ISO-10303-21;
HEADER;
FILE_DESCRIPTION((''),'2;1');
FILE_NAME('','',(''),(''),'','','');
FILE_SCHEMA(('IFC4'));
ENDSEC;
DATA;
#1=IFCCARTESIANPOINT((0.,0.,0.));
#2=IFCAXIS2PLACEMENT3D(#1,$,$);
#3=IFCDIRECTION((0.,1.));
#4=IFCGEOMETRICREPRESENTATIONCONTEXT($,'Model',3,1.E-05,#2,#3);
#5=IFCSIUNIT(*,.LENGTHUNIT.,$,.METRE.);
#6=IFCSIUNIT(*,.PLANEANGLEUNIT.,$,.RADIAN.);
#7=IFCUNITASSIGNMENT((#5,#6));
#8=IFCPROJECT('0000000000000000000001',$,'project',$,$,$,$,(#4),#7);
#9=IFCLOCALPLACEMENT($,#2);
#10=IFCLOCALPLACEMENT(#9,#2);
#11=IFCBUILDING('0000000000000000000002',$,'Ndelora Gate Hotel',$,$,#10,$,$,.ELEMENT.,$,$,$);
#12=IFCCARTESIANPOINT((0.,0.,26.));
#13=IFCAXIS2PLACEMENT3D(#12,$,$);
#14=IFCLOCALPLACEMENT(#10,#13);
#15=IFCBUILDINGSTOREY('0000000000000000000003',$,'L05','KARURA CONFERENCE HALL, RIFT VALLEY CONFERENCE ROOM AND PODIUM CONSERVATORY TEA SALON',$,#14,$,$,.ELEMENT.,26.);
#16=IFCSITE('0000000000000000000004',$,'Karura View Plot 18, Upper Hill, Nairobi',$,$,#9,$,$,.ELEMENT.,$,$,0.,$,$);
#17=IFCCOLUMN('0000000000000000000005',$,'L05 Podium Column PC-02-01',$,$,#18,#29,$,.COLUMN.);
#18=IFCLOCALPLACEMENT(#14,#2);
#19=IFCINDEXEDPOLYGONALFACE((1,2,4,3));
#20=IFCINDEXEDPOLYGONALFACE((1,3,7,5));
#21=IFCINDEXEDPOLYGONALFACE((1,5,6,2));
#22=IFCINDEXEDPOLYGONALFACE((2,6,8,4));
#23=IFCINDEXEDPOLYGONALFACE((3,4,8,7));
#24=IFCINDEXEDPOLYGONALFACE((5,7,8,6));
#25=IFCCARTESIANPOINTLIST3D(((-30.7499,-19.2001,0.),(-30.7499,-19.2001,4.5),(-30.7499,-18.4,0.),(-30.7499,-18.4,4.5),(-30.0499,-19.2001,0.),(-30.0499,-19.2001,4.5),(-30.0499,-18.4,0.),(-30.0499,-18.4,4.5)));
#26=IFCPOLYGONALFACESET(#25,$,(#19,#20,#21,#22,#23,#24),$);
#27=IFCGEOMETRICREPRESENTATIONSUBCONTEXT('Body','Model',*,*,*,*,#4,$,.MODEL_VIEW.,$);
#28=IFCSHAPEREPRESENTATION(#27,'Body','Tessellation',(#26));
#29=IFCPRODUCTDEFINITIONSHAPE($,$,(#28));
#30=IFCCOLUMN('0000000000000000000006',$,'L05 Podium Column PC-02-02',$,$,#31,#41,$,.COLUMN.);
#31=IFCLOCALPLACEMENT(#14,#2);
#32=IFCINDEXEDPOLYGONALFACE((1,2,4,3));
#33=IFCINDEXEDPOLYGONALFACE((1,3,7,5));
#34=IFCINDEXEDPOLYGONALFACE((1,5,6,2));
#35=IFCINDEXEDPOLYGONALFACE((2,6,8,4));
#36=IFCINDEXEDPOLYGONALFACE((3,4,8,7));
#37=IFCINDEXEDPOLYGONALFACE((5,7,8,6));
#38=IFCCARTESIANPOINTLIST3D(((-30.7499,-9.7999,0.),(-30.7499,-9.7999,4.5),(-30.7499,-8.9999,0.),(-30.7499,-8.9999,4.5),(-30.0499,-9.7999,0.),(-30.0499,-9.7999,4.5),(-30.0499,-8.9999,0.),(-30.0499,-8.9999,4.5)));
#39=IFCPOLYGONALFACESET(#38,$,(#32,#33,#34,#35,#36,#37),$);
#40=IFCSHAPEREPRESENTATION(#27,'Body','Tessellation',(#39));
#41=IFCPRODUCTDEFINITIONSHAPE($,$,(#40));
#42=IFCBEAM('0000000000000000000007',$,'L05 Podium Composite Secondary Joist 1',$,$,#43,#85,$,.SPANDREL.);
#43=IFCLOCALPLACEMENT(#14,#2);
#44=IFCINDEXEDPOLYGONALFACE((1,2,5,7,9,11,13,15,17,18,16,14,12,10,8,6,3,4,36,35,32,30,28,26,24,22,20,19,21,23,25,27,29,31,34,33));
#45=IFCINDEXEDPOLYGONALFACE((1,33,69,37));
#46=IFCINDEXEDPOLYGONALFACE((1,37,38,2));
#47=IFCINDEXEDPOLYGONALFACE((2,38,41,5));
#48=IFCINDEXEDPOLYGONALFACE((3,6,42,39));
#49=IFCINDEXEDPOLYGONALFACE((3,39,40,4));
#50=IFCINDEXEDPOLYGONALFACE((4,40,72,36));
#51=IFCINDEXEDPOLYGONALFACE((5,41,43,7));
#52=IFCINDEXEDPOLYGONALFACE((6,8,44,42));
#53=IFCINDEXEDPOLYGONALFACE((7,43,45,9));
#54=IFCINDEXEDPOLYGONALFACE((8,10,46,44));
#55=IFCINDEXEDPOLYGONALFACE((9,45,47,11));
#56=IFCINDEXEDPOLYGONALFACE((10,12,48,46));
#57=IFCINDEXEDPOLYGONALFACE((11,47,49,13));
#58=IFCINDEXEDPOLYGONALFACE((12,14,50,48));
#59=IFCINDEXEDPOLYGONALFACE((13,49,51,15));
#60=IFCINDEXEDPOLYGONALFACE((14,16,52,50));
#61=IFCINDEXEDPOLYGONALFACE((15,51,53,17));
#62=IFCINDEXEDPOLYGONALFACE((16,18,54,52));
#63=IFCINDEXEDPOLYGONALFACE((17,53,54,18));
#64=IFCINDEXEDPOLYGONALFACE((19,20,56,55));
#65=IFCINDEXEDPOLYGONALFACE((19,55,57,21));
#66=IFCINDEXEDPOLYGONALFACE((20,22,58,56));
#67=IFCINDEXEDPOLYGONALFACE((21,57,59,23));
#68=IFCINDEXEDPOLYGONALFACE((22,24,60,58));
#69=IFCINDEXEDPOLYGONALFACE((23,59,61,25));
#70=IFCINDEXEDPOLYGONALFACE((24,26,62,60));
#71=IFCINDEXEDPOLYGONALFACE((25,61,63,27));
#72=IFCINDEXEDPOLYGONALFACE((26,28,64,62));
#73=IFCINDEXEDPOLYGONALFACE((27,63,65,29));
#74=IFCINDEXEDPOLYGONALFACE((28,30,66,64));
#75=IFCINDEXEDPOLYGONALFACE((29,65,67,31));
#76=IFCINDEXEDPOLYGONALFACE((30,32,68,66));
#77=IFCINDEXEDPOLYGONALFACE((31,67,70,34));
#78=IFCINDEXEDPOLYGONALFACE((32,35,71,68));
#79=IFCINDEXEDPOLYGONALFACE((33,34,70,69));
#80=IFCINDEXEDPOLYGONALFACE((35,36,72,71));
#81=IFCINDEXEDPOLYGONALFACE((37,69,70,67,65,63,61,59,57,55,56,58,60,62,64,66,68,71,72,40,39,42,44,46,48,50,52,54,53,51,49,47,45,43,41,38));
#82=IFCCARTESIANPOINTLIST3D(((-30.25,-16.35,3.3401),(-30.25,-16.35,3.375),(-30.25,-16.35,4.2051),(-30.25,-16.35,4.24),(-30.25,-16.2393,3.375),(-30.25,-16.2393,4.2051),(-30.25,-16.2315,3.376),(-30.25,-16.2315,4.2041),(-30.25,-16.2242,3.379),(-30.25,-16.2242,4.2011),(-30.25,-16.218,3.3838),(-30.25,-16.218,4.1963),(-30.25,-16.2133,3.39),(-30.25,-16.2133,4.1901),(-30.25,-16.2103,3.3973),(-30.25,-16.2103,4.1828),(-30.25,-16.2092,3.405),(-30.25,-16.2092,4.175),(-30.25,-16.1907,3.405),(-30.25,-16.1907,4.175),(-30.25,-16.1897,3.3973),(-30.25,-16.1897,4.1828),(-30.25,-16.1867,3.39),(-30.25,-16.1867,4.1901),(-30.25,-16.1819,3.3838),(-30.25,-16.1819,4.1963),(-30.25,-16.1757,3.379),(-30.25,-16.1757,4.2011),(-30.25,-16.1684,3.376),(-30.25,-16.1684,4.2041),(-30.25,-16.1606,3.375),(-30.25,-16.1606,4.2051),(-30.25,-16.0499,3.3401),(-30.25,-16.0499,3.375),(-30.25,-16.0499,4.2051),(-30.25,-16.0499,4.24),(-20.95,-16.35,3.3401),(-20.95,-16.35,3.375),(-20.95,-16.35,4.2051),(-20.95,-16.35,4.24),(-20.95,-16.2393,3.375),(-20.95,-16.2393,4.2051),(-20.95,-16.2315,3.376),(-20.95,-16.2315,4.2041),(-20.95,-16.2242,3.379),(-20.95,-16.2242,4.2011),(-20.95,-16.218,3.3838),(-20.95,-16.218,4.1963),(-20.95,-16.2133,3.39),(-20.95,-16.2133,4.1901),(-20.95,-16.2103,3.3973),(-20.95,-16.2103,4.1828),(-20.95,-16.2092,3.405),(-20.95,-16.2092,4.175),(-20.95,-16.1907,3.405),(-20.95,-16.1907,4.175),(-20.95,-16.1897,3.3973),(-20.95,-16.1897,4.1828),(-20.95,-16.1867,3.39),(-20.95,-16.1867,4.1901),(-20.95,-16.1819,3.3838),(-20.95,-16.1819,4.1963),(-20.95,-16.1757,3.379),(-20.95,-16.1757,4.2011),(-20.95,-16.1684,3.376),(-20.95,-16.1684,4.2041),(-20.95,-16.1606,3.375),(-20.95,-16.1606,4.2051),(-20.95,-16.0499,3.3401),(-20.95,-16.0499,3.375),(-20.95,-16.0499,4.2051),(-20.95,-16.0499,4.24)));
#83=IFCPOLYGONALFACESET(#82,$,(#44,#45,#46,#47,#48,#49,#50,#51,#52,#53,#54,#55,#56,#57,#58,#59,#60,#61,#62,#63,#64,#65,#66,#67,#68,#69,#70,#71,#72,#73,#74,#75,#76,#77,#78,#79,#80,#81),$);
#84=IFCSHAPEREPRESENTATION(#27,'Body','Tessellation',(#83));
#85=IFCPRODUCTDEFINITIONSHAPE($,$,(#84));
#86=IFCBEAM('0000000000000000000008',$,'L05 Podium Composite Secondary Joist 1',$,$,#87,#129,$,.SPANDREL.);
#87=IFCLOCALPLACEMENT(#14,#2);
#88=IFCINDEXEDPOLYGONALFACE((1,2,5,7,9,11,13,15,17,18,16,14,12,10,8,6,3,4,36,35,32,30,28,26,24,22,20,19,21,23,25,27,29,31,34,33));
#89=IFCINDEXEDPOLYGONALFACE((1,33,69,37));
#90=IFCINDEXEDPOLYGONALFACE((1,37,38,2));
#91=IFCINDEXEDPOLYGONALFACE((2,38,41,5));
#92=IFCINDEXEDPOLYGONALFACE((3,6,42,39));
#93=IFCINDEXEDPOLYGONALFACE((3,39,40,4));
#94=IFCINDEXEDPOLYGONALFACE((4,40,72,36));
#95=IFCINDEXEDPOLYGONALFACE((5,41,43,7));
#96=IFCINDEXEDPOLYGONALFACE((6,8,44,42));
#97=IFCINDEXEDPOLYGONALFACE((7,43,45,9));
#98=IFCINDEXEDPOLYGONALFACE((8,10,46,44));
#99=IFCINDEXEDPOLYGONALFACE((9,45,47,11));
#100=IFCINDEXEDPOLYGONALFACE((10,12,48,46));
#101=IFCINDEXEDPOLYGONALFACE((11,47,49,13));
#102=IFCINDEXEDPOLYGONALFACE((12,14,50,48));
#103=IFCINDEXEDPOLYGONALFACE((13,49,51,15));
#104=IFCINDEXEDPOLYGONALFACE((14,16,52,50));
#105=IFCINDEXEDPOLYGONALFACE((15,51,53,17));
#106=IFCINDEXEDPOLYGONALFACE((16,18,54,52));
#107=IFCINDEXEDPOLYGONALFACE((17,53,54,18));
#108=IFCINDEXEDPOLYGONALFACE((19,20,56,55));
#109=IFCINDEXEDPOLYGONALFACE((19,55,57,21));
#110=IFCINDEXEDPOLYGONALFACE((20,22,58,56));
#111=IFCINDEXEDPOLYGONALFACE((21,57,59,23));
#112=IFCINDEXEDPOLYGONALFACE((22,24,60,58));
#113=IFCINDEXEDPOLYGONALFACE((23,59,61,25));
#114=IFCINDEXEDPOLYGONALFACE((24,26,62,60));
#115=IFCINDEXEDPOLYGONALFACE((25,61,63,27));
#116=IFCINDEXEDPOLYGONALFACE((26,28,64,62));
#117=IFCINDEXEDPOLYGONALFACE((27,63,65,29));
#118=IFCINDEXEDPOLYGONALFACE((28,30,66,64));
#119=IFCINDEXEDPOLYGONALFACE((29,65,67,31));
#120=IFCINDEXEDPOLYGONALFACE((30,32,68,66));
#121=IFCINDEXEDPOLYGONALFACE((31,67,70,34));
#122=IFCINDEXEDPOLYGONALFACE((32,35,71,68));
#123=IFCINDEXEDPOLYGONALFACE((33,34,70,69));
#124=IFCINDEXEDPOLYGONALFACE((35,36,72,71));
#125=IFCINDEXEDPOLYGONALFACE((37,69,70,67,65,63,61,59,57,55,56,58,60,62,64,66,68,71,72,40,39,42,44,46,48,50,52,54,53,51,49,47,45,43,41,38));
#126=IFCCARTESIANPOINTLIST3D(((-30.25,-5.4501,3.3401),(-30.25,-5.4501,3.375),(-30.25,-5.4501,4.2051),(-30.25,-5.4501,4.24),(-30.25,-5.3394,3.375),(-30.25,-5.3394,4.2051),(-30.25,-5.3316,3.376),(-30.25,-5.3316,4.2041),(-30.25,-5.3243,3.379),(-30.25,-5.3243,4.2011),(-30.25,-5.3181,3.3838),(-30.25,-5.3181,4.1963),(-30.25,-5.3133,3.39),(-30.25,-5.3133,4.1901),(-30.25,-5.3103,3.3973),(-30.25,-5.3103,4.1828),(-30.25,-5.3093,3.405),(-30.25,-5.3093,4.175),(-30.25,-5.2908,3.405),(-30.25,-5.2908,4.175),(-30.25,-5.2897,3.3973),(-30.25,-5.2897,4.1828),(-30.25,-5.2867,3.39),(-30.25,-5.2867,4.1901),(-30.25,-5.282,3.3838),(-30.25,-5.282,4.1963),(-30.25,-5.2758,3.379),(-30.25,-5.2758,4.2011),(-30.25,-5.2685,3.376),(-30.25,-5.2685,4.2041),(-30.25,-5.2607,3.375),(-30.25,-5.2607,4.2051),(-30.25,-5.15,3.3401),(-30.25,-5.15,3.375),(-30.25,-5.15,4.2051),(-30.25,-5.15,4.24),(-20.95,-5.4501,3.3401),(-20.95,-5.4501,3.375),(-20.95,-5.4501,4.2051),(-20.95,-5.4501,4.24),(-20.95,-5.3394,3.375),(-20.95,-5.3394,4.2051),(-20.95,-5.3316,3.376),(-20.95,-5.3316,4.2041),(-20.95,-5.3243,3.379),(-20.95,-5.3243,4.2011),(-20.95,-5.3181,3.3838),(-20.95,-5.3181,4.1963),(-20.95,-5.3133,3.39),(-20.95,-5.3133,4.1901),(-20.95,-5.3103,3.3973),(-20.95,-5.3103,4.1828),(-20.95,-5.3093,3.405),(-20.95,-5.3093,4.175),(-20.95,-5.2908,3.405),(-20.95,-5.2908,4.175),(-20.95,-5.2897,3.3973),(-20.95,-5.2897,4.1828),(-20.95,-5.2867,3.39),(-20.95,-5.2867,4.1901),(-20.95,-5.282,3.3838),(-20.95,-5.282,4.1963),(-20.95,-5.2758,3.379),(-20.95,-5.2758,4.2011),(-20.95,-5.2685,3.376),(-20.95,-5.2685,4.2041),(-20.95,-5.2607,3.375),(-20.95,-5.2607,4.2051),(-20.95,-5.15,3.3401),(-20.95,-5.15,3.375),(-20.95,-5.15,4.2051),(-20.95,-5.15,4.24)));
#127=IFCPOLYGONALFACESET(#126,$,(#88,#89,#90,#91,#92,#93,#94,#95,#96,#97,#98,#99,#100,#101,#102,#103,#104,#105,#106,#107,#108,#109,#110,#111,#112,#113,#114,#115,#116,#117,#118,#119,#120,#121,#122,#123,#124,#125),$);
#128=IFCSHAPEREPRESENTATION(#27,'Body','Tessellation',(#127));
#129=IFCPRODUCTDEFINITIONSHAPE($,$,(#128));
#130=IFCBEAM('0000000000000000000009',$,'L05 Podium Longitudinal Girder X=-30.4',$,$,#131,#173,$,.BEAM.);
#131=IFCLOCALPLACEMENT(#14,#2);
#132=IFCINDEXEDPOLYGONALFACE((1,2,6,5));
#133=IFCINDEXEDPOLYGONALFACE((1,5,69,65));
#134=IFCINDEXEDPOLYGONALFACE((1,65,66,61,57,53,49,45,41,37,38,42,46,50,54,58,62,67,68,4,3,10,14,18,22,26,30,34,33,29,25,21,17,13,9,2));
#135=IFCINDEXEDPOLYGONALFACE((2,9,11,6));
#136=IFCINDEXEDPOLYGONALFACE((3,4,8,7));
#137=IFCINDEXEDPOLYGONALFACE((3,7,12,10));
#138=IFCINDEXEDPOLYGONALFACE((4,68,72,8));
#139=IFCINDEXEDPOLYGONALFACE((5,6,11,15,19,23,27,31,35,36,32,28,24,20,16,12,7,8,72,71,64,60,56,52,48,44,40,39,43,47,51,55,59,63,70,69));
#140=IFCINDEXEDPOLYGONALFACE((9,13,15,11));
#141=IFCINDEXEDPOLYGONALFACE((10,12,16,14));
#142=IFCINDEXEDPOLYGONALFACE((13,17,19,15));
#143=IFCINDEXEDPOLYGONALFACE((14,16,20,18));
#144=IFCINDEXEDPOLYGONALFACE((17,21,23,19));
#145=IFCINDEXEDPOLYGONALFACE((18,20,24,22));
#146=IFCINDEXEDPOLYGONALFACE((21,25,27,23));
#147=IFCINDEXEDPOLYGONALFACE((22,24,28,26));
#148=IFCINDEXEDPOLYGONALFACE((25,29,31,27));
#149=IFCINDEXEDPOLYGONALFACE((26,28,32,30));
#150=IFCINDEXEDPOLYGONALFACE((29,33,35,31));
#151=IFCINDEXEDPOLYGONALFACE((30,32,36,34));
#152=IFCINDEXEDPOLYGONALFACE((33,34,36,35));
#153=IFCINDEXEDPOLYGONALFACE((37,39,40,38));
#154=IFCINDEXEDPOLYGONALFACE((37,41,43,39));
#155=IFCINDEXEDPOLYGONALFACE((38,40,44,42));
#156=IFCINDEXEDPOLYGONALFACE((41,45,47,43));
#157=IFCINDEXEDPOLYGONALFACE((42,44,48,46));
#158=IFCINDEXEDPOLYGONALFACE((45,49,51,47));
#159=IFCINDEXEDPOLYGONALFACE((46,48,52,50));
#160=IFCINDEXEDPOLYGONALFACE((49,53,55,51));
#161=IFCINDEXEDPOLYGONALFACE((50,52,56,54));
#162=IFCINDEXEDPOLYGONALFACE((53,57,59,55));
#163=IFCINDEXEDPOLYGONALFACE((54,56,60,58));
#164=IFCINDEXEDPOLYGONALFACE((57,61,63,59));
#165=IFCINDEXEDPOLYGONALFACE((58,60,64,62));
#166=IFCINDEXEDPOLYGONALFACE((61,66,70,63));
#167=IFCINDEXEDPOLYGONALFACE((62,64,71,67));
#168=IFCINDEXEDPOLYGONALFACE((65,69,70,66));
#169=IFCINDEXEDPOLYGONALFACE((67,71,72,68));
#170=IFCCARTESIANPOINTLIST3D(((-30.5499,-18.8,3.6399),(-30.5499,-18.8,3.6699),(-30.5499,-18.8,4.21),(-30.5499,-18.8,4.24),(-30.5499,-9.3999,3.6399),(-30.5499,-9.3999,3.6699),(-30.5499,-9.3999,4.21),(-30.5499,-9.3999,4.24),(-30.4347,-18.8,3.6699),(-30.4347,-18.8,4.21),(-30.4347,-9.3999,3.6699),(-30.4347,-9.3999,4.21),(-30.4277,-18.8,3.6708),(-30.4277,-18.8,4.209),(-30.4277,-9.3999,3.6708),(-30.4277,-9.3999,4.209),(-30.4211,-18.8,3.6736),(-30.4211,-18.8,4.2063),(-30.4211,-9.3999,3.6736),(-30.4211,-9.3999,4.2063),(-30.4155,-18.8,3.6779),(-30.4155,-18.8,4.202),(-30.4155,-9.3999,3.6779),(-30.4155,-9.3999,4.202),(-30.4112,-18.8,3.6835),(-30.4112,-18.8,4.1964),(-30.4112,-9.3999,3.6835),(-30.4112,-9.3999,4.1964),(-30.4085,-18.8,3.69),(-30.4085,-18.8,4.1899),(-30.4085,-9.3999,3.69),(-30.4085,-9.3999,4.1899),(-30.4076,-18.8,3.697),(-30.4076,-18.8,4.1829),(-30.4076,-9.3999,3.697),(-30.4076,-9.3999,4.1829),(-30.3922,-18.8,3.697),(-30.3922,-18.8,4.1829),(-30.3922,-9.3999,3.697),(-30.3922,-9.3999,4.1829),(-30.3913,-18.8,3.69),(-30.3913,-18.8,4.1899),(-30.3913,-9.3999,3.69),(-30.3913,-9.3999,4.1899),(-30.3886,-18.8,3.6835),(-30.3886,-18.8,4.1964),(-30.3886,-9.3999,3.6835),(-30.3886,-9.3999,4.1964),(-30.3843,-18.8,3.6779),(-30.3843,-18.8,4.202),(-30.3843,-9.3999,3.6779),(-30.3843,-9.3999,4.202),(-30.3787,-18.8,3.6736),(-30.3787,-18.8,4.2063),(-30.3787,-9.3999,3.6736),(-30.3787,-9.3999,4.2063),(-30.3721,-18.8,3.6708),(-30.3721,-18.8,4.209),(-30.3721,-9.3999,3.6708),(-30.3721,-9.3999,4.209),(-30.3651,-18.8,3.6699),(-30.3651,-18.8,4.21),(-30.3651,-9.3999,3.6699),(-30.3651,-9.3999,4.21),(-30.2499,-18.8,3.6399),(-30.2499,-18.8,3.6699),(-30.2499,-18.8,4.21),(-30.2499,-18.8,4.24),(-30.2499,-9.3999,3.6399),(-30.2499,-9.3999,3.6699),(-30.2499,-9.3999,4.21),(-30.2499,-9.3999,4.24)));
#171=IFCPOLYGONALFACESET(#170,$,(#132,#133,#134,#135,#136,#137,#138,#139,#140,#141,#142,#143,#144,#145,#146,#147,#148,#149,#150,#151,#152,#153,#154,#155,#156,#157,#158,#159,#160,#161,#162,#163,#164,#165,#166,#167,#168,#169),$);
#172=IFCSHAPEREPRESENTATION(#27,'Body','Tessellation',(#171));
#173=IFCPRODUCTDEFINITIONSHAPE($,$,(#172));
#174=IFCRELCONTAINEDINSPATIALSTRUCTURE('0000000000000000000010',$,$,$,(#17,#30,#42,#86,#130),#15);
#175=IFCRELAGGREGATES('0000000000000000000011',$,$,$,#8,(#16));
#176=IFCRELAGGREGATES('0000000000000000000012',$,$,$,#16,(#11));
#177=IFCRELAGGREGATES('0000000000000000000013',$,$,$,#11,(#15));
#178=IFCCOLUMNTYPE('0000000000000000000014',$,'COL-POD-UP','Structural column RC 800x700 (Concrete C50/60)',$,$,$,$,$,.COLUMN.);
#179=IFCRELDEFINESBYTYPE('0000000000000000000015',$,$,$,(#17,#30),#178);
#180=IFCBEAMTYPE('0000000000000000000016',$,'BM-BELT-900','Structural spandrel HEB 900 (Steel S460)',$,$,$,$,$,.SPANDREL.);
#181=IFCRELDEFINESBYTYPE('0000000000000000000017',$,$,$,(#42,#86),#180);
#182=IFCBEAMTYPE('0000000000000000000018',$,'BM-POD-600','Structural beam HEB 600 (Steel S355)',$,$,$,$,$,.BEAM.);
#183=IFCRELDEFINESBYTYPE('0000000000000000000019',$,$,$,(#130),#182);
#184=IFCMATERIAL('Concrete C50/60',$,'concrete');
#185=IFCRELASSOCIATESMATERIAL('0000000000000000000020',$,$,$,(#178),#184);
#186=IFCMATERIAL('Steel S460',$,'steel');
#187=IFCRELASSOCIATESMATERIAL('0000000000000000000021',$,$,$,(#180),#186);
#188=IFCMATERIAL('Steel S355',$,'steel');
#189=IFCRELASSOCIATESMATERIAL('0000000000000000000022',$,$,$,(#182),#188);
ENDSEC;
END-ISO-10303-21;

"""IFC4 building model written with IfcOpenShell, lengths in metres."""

from ifc_helpers import new_model, si_unit, direction, frame, origin, origin_2d, place, context, subcontext, project, spatial, rectangle, i_section, extrude, material, material_profile, profile_set, type_object, element, save


model = new_model("IFC4")

# Units and contexts
model_context = context("Model", 3, precision=1e-05, world=origin(), true_north=direction((0.0, 1.0)))
body_context = subcontext(model_context, "Body", "Model", "MODEL_VIEW")
ifc_project = project(units=[si_unit("LENGTHUNIT", "METRE"), si_unit("PLANEANGLEUNIT", "RADIAN")], contexts=[model_context])

# Site, building, storey
site_placement = place(None, origin())
site = spatial("IfcSite", under=ifc_project, at=site_placement, Name="Karura View Plot 18, Upper Hill, Nairobi", CompositionType="ELEMENT", RefElevation=0.0)
building_placement = place(site_placement, origin())
building = spatial("IfcBuilding", under=site, at=building_placement, Name="Ndelora Gate Hotel", CompositionType="ELEMENT")
storey_placement = place(building_placement, frame((0.0, 0.0, 26.0)))
storey = spatial("IfcBuildingStorey", under=building, at=storey_placement, Name="L05", Description="KARURA CONFERENCE HALL, RIFT VALLEY CONFERENCE ROOM AND PODIUM CONSERVATORY TEA SALON", CompositionType="ELEMENT", Elevation=26.0)

# Columns
ifc_material_1 = material(Name="Concrete C50/60", Category="concrete")
ifc_material_profile_1 = material_profile(ifc_material_1, rectangle(XDim=0.7, YDim=0.8, at=origin_2d()), Name="RC 800x700")
ifc_profile_set_1 = profile_set([ifc_material_profile_1], Name="Concrete C50/60")
column_type = type_object("IfcColumnType", Name="COL-POD-UP", Description="Structural column RC 800x700 (Concrete C50/60)", PredefinedType="COLUMN", material=ifc_profile_set_1)
for number, where, z_axis, x_axis, name in (
    (1, (-30.3999, -18.8, 0.0), (0.0, 0.0, 1.0), (1.0, 0.0, 0.0), "L05 Podium Column PC-02-01"),
    (2, (-30.3999, -9.3999, 0.0), (0.0, 0.0, 1.0), (1.0, 0.0, 0.0), "L05 Podium Column PC-02-02"),
):
    element("IfcColumn", number, at=place(storey_placement, frame(where, z_axis=z_axis, x_axis=x_axis)), inside=storey, type_object=column_type, Name=name, PredefinedType="COLUMN", context=body_context, shape_type="SweptSolid", body=[
        extrude(rectangle(XDim=0.7, YDim=0.8, at=origin_2d()), origin(), (0.0, 0.0, 1.0), 4.5),
    ])

# Beams
ifc_material_2 = material(Name="Steel S460", Category="steel")
ifc_material_profile_2 = material_profile(ifc_material_2, i_section(OverallWidth=0.3, OverallDepth=0.8999, WebThickness=0.0186, FlangeThickness=0.0349, FilletRadius=0.03, at=origin_2d()), Name="HEB 900")
ifc_profile_set_2 = profile_set([ifc_material_profile_2], Name="Steel S460")
beam_type_1 = type_object("IfcBeamType", Name="BM-BELT-900", Description="Structural spandrel HEB 900 (Steel S460)", PredefinedType="SPANDREL", material=ifc_profile_set_2)
for number, where, z_axis, x_axis, name in (
    (3, (-30.25, -16.2, 3.79), (1.0, 0.0, 0.0), (0.0, 1.0, 0.0), "L05 Podium Composite Secondary Joist 1"),
    (4, (-30.25, -5.3, 3.79), (1.0, 0.0, 0.0), (0.0, 1.0, 0.0), "L05 Podium Composite Secondary Joist 1"),
):
    element("IfcBeam", number, at=place(storey_placement, frame(where, z_axis=z_axis, x_axis=x_axis)), inside=storey, type_object=beam_type_1, Name=name, PredefinedType="SPANDREL", context=body_context, shape_type="SweptSolid", body=[
        extrude(i_section(OverallWidth=0.3, OverallDepth=0.8999, WebThickness=0.0186, FlangeThickness=0.0349, FilletRadius=0.03, at=origin_2d()), origin(), (0.0, 0.0, 1.0), 9.3),
    ])
ifc_material_3 = material(Name="Steel S355", Category="steel")
ifc_material_profile_3 = material_profile(ifc_material_3, i_section(OverallWidth=0.3, OverallDepth=0.6001, WebThickness=0.0154, FlangeThickness=0.03, FilletRadius=0.0271, at=origin_2d()), Name="HEB 600")
ifc_profile_set_3 = profile_set([ifc_material_profile_3], Name="Steel S355")
beam_type_2 = type_object("IfcBeamType", Name="BM-POD-600", Description="Structural beam HEB 600 (Steel S355)", PredefinedType="BEAM", material=ifc_profile_set_3)
beam_1_placement = place(storey_placement, frame((-30.3999, -18.8, 3.9399), z_axis=(0.0, 1.0, 0.0), x_axis=(-1.0, 0.0, 0.0)))
element("IfcBeam", 5, at=beam_1_placement, inside=storey, type_object=beam_type_2, Name="L05 Podium Longitudinal Girder X=-30.4", PredefinedType="BEAM", context=body_context, shape_type="SweptSolid", body=[
    extrude(i_section(OverallWidth=0.3, OverallDepth=0.6001, WebThickness=0.0154, FlangeThickness=0.03, FilletRadius=0.0271, at=origin_2d()), origin(), (0.0, 0.0, 1.0), 9.4001),
])

save(model, "model.ifc")
